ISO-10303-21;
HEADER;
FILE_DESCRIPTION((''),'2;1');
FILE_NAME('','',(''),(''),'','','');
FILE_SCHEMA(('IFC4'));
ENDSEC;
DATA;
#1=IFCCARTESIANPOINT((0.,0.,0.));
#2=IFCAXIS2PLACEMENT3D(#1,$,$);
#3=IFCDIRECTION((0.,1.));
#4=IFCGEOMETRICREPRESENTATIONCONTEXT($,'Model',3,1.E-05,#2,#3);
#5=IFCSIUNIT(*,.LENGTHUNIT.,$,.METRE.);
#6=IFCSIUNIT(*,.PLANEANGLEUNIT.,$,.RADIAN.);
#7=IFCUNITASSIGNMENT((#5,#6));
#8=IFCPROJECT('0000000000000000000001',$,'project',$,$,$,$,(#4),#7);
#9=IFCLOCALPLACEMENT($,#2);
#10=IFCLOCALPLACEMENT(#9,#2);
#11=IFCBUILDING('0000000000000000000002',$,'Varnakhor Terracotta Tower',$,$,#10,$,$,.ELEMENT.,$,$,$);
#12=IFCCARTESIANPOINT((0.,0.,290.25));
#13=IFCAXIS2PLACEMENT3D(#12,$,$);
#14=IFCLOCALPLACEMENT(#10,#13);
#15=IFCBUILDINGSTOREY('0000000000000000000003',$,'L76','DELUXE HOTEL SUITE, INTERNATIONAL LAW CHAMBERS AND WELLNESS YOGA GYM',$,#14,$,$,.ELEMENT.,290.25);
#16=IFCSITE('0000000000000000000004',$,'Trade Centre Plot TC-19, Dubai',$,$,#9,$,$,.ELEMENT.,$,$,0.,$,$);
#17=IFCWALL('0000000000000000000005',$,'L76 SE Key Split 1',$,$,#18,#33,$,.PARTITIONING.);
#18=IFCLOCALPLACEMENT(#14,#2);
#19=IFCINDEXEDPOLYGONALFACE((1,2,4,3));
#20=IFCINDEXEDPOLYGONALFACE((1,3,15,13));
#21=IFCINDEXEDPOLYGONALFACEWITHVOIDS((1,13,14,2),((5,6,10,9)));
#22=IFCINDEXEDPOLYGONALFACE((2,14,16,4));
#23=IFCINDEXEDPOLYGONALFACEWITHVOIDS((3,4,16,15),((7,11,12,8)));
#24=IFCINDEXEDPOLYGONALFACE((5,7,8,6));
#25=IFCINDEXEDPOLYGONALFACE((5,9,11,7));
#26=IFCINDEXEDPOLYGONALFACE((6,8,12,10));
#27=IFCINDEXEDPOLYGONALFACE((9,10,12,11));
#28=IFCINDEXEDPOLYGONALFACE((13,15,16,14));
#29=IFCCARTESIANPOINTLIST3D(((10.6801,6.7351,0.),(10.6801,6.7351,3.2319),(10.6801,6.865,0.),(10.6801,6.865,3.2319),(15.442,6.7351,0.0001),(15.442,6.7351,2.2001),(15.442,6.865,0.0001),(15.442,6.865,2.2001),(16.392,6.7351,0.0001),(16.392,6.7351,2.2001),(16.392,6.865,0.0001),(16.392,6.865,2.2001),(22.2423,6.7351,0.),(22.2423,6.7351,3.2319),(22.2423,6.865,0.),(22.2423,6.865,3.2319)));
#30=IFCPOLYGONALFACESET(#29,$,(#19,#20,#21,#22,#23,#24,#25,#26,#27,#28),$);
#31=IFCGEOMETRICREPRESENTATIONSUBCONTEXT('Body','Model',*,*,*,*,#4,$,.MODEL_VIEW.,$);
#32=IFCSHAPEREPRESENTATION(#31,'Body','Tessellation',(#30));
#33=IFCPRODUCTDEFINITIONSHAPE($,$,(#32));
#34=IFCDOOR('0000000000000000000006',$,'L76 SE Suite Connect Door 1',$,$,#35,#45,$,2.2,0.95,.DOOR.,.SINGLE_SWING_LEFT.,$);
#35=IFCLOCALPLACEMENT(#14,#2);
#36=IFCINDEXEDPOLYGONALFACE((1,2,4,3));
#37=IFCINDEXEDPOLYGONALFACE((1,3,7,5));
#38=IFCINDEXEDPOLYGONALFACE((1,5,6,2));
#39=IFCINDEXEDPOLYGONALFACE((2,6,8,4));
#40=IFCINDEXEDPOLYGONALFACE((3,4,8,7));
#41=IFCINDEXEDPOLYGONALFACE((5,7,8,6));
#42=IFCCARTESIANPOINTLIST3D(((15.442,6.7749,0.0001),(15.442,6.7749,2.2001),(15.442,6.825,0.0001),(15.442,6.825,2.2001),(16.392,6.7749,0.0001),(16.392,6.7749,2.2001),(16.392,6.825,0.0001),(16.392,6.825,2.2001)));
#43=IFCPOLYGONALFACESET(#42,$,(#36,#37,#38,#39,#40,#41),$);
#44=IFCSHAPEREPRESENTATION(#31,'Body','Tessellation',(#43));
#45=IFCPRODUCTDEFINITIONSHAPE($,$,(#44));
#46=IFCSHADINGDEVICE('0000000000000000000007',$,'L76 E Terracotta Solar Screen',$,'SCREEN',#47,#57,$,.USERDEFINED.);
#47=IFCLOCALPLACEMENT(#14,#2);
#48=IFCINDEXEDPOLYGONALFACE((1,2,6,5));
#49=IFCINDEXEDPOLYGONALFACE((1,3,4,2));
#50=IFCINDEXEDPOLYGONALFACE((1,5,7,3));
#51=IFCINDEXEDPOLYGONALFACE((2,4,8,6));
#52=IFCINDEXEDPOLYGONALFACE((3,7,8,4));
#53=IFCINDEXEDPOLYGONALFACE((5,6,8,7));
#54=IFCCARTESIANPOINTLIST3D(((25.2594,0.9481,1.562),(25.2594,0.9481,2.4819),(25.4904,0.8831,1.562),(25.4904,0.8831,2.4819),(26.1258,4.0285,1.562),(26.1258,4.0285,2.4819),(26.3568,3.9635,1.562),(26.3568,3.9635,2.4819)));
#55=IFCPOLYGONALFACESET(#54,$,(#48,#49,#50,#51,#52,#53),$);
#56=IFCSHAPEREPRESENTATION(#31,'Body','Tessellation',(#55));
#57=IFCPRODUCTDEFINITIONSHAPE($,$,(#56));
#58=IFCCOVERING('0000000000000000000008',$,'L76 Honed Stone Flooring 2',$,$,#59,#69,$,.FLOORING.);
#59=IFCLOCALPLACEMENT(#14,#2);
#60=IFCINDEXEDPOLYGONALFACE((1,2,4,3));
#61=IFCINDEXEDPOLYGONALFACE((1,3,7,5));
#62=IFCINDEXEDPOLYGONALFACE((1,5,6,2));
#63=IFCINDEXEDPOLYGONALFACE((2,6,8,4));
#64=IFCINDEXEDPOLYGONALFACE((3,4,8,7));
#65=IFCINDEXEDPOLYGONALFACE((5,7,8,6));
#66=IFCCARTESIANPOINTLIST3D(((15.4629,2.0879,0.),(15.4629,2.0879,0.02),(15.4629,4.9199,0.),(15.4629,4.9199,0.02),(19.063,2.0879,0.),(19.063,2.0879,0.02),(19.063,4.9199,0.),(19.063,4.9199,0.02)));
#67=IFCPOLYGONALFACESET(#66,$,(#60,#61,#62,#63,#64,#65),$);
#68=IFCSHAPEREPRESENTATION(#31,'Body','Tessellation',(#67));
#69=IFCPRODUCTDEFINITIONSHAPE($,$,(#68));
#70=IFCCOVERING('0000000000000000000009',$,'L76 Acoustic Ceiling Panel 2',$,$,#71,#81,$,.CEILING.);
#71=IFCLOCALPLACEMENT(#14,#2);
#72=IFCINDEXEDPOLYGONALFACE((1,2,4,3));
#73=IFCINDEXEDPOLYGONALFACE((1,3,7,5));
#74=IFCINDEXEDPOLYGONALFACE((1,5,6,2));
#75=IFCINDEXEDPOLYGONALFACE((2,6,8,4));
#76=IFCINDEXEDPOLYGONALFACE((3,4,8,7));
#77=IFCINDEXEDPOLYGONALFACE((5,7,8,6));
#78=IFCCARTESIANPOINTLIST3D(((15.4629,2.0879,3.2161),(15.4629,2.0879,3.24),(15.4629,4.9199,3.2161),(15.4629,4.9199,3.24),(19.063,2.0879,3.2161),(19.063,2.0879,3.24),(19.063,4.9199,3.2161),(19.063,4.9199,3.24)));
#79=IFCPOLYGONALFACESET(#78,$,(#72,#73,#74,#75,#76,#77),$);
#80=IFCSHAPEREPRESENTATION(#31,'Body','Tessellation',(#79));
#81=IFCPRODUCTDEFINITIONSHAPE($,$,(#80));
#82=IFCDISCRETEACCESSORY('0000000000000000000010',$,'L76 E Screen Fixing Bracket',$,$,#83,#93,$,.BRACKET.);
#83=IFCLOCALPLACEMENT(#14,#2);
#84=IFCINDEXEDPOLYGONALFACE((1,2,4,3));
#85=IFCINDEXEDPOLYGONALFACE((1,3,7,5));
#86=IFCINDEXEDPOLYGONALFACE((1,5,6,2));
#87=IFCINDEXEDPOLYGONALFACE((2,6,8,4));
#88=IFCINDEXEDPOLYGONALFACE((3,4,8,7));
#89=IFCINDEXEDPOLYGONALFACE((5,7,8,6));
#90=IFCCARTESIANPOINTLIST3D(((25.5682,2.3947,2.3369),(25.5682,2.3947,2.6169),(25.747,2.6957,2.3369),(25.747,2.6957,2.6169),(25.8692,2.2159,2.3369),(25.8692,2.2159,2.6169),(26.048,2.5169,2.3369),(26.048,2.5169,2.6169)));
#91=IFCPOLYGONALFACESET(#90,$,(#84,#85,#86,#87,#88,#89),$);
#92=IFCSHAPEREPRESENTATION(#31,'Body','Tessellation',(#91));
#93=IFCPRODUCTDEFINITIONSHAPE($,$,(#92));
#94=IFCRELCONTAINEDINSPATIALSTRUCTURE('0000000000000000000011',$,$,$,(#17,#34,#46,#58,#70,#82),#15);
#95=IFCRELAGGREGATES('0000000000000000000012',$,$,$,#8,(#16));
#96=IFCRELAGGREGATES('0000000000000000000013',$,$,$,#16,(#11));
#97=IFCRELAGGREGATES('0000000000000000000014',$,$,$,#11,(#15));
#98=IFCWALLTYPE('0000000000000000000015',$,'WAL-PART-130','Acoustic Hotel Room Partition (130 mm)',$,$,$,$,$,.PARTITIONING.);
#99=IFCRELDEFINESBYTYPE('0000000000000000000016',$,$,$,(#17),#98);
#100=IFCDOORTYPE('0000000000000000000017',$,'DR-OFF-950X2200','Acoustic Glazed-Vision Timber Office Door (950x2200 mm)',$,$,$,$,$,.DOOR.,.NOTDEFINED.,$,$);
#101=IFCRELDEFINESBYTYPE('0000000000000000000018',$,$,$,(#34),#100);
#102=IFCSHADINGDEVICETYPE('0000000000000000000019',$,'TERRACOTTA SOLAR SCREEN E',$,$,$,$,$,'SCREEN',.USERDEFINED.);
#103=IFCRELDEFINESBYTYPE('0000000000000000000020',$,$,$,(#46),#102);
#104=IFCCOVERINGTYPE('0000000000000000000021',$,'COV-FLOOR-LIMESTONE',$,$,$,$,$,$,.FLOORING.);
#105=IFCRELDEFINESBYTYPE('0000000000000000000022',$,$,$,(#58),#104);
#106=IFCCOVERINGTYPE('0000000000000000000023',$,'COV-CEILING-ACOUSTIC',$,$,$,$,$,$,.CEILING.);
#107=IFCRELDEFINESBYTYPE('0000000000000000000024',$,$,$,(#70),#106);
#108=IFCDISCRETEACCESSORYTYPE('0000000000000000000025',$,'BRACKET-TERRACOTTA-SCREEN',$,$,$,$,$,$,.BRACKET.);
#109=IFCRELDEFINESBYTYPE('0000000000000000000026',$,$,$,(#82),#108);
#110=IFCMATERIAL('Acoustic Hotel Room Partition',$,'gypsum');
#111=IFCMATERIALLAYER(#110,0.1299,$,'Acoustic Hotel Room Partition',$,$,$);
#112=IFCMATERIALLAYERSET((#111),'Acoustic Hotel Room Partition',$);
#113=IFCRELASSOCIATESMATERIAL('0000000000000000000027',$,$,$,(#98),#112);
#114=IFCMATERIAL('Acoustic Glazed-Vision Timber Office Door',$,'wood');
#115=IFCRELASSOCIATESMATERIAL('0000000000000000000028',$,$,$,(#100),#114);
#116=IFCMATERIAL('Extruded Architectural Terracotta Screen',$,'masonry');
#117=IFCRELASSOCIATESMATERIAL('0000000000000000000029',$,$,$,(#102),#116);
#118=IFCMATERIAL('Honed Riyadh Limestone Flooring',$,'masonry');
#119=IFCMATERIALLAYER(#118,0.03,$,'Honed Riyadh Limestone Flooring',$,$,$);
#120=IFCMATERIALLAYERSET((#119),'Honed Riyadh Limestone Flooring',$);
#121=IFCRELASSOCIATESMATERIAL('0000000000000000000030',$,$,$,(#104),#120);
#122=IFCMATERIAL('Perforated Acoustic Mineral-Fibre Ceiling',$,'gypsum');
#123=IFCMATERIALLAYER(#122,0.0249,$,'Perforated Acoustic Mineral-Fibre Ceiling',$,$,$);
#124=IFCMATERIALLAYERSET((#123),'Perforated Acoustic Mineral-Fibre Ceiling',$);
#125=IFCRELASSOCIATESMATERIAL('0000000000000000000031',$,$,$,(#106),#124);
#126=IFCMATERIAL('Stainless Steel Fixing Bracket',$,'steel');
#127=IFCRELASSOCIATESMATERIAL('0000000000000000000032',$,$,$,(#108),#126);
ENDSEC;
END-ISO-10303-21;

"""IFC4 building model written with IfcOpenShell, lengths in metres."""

from ifc_helpers import new_model, si_unit, direction, frame, frame_2d, origin, origin_2d, place, context, subcontext, project, spatial, rectangle, extrude, source, transform, mapped, material, layer, layer_set, type_object, type_shapes, element, fill, save


model = new_model("IFC4")

# Units and contexts
model_context = context("Model", 3, precision=1e-05, world=origin(), true_north=direction((0.0, 1.0)))
body_context = subcontext(model_context, "Body", "Model", "MODEL_VIEW")
ifc_project = project(units=[si_unit("LENGTHUNIT", "METRE"), si_unit("PLANEANGLEUNIT", "RADIAN")], contexts=[model_context])

# Site, building, storey
site_placement = place(None, origin())
site = spatial("IfcSite", under=ifc_project, at=site_placement, Name="Trade Centre Plot TC-19, Dubai", CompositionType="ELEMENT", RefElevation=0.0)
building_placement = place(site_placement, origin())
building = spatial("IfcBuilding", under=site, at=building_placement, Name="Varnakhor Terracotta Tower", CompositionType="ELEMENT")
storey_placement = place(building_placement, frame((0.0, 0.0, 290.25)))
storey = spatial("IfcBuildingStorey", under=building, at=storey_placement, Name="L76", Description="DELUXE HOTEL SUITE, INTERNATIONAL LAW CHAMBERS AND WELLNESS YOGA GYM", CompositionType="ELEMENT", Elevation=290.25)

# Wall, opening, door
ifc_material_1 = material(Name="Acoustic Hotel Room Partition", Category="gypsum")
ifc_layer_1 = layer(ifc_material_1, 0.1299, Name="Acoustic Hotel Room Partition")
ifc_layer_set_1 = layer_set([ifc_layer_1], Name="Acoustic Hotel Room Partition")
wall_type_1 = type_object("IfcWallType", Name="WAL-PART-130", Description="Acoustic Hotel Room Partition (130 mm)", PredefinedType="PARTITIONING", material=ifc_layer_set_1)
wall_1_placement = place(storey_placement, frame((10.6799, 6.8, 0.0), z_axis=(0.0, 0.0, 1.0), x_axis=(1.0, 0.0, 0.0)))
wall_1 = element("IfcWall", 1, at=wall_1_placement, inside=storey, type_object=wall_type_1, Name="L76 SE Key Split 1", PredefinedType="PARTITIONING", context=body_context, shape_type="SweptSolid", body=[
    extrude(rectangle(XDim=11.5623, YDim=0.1299, at=frame_2d((5.7812, 0.0))), origin(), (0.0, 0.0, 1.0), 3.2319),
])
opening_placement = place(wall_1_placement, frame((4.762, 0.0, 0.0)))
opening = element("IfcOpeningElement", 2, at=opening_placement, cuts=wall_1, PredefinedType="OPENING", context=body_context, shape_type="SweptSolid", body=[
    extrude(rectangle(XDim=0.95, YDim=2.2, at=frame_2d((0.4751, 1.1001))), frame((0.0, 0.075, 0.0), z_axis=(0.0, -1.0, 0.0), x_axis=(1.0, 0.0, 0.0)), (0.0, 0.0, 1.0), 0.1499),
])
ifc_material_2 = material(Name="Acoustic Glazed-Vision Timber Office Door", Category="wood")
door_type = type_object("IfcDoorType", Name="DR-OFF-950X2200", Description="Acoustic Glazed-Vision Timber Office Door (950x2200 mm)", OperationType="NOTDEFINED", PredefinedType="DOOR", material=ifc_material_2)
shared_shape_1 = source(origin(), body_context, "Body", "SweptSolid", [
    extrude(rectangle(XDim=0.95, YDim=2.2, at=frame_2d((0.4751, 1.1001))), frame((0.0, 0.0249, 0.0), z_axis=(0.0, -1.0, 0.0), x_axis=(1.0, 0.0, 0.0)), (0.0, 0.0, 1.0), 0.05),
])
type_shapes(door_type, [shared_shape_1])
door_placement = place(opening_placement, origin())
door = element("IfcDoor", 3, at=door_placement, inside=storey, type_object=door_type, Name="L76 SE Suite Connect Door 1", OperationType="SINGLE_SWING_LEFT", OverallHeight=2.2, OverallWidth=0.95, PredefinedType="DOOR", context=body_context, shape_type="MappedRepresentation", body=[
    mapped(shared_shape_1, transform((0.0, 0.0, 0.0), scale=1.0)),
])
fill(opening, door)

# Shading device
ifc_material_3 = material(Name="Extruded Architectural Terracotta Screen", Category="masonry")
shading_device_type = type_object("IfcShadingDeviceType", Name="TERRACOTTA SOLAR SCREEN E", ElementType="SCREEN", PredefinedType="USERDEFINED", material=ifc_material_3)
shared_shape_2 = source(origin(), body_context, "Body", "SweptSolid", [
    extrude(rectangle(XDim=3.2, YDim=0.24, at=origin_2d()), origin(), (0.0, 0.0, 1.0), 0.9199),
])
type_shapes(shading_device_type, [shared_shape_2])
shading_device_placement = place(storey_placement, frame((25.8081, 2.4558, 1.562), z_axis=(0.0, 0.0, 1.0), x_axis=(0.270768, 0.962645, 0.0)))
element("IfcShadingDevice", 4, at=shading_device_placement, inside=storey, type_object=shading_device_type, Name="L76 E Terracotta Solar Screen", ObjectType="SCREEN", PredefinedType="USERDEFINED", context=body_context, shape_type="MappedRepresentation", body=[
    mapped(shared_shape_2, transform((0.0, 0.0, 0.0), scale=1.0)),
])

# Coverings
ifc_material_4 = material(Name="Honed Riyadh Limestone Flooring", Category="masonry")
ifc_layer_2 = layer(ifc_material_4, 0.03, Name="Honed Riyadh Limestone Flooring")
ifc_layer_set_2 = layer_set([ifc_layer_2], Name="Honed Riyadh Limestone Flooring")
covering_type_1 = type_object("IfcCoveringType", Name="COV-FLOOR-LIMESTONE", PredefinedType="FLOORING", material=ifc_layer_set_2)
shared_shape_3 = source(origin(), body_context, "Body", "SweptSolid", [
    extrude(rectangle(XDim=3.6001, YDim=2.832, at=origin_2d()), origin(), (0.0, 0.0, 1.0), 0.02),
])
covering_1_placement = place(storey_placement, frame((17.2629, 3.5039, 0.0), z_axis=(0.0, 0.0, 1.0), x_axis=(1.0, 0.0, 0.0)))
element("IfcCovering", 5, at=covering_1_placement, inside=storey, type_object=covering_type_1, Name="L76 Honed Stone Flooring 2", PredefinedType="FLOORING", context=body_context, shape_type="MappedRepresentation", body=[
    mapped(shared_shape_3, transform((0.0, 0.0, 0.0), scale=1.0)),
])
ifc_material_5 = material(Name="Perforated Acoustic Mineral-Fibre Ceiling", Category="gypsum")
ifc_layer_3 = layer(ifc_material_5, 0.0249, Name="Perforated Acoustic Mineral-Fibre Ceiling")
ifc_layer_set_3 = layer_set([ifc_layer_3], Name="Perforated Acoustic Mineral-Fibre Ceiling")
covering_type_2 = type_object("IfcCoveringType", Name="COV-CEILING-ACOUSTIC", PredefinedType="CEILING", material=ifc_layer_set_3)
shared_shape_4 = source(origin(), body_context, "Body", "SweptSolid", [
    extrude(rectangle(XDim=3.6001, YDim=2.832, at=origin_2d()), origin(), (0.0, 0.0, 1.0), 0.0239),
])
covering_2_placement = place(storey_placement, frame((17.2629, 3.5039, 3.2161), z_axis=(0.0, 0.0, 1.0), x_axis=(1.0, 0.0, 0.0)))
element("IfcCovering", 6, at=covering_2_placement, inside=storey, type_object=covering_type_2, Name="L76 Acoustic Ceiling Panel 2", PredefinedType="CEILING", context=body_context, shape_type="MappedRepresentation", body=[
    mapped(shared_shape_4, transform((0.0, 0.0, 0.0), scale=1.0)),
])

# Discrete accessory
ifc_material_6 = material(Name="Stainless Steel Fixing Bracket", Category="steel")
discrete_accessory_type = type_object("IfcDiscreteAccessoryType", Name="BRACKET-TERRACOTTA-SCREEN", PredefinedType="BRACKET", material=ifc_material_6)
shared_shape_5 = source(origin(), body_context, "Body", "SweptSolid", [
    extrude(rectangle(XDim=0.3501, YDim=0.3501, at=origin_2d()), origin(), (0.0, 0.0, 1.0), 0.28),
])
type_shapes(discrete_accessory_type, [shared_shape_5])
discrete_accessory_placement = place(storey_placement, frame((25.8081, 2.4558, 2.3369), z_axis=(0.0, 0.0, 1.0), x_axis=(0.510693, 0.859763, 0.0)))
element("IfcDiscreteAccessory", 7, at=discrete_accessory_placement, inside=storey, type_object=discrete_accessory_type, Name="L76 E Screen Fixing Bracket", PredefinedType="BRACKET", context=body_context, shape_type="MappedRepresentation", body=[
    mapped(shared_shape_5, transform((0.0, 0.0, 0.0), scale=1.0)),
])

save(model, "model.ifc")
